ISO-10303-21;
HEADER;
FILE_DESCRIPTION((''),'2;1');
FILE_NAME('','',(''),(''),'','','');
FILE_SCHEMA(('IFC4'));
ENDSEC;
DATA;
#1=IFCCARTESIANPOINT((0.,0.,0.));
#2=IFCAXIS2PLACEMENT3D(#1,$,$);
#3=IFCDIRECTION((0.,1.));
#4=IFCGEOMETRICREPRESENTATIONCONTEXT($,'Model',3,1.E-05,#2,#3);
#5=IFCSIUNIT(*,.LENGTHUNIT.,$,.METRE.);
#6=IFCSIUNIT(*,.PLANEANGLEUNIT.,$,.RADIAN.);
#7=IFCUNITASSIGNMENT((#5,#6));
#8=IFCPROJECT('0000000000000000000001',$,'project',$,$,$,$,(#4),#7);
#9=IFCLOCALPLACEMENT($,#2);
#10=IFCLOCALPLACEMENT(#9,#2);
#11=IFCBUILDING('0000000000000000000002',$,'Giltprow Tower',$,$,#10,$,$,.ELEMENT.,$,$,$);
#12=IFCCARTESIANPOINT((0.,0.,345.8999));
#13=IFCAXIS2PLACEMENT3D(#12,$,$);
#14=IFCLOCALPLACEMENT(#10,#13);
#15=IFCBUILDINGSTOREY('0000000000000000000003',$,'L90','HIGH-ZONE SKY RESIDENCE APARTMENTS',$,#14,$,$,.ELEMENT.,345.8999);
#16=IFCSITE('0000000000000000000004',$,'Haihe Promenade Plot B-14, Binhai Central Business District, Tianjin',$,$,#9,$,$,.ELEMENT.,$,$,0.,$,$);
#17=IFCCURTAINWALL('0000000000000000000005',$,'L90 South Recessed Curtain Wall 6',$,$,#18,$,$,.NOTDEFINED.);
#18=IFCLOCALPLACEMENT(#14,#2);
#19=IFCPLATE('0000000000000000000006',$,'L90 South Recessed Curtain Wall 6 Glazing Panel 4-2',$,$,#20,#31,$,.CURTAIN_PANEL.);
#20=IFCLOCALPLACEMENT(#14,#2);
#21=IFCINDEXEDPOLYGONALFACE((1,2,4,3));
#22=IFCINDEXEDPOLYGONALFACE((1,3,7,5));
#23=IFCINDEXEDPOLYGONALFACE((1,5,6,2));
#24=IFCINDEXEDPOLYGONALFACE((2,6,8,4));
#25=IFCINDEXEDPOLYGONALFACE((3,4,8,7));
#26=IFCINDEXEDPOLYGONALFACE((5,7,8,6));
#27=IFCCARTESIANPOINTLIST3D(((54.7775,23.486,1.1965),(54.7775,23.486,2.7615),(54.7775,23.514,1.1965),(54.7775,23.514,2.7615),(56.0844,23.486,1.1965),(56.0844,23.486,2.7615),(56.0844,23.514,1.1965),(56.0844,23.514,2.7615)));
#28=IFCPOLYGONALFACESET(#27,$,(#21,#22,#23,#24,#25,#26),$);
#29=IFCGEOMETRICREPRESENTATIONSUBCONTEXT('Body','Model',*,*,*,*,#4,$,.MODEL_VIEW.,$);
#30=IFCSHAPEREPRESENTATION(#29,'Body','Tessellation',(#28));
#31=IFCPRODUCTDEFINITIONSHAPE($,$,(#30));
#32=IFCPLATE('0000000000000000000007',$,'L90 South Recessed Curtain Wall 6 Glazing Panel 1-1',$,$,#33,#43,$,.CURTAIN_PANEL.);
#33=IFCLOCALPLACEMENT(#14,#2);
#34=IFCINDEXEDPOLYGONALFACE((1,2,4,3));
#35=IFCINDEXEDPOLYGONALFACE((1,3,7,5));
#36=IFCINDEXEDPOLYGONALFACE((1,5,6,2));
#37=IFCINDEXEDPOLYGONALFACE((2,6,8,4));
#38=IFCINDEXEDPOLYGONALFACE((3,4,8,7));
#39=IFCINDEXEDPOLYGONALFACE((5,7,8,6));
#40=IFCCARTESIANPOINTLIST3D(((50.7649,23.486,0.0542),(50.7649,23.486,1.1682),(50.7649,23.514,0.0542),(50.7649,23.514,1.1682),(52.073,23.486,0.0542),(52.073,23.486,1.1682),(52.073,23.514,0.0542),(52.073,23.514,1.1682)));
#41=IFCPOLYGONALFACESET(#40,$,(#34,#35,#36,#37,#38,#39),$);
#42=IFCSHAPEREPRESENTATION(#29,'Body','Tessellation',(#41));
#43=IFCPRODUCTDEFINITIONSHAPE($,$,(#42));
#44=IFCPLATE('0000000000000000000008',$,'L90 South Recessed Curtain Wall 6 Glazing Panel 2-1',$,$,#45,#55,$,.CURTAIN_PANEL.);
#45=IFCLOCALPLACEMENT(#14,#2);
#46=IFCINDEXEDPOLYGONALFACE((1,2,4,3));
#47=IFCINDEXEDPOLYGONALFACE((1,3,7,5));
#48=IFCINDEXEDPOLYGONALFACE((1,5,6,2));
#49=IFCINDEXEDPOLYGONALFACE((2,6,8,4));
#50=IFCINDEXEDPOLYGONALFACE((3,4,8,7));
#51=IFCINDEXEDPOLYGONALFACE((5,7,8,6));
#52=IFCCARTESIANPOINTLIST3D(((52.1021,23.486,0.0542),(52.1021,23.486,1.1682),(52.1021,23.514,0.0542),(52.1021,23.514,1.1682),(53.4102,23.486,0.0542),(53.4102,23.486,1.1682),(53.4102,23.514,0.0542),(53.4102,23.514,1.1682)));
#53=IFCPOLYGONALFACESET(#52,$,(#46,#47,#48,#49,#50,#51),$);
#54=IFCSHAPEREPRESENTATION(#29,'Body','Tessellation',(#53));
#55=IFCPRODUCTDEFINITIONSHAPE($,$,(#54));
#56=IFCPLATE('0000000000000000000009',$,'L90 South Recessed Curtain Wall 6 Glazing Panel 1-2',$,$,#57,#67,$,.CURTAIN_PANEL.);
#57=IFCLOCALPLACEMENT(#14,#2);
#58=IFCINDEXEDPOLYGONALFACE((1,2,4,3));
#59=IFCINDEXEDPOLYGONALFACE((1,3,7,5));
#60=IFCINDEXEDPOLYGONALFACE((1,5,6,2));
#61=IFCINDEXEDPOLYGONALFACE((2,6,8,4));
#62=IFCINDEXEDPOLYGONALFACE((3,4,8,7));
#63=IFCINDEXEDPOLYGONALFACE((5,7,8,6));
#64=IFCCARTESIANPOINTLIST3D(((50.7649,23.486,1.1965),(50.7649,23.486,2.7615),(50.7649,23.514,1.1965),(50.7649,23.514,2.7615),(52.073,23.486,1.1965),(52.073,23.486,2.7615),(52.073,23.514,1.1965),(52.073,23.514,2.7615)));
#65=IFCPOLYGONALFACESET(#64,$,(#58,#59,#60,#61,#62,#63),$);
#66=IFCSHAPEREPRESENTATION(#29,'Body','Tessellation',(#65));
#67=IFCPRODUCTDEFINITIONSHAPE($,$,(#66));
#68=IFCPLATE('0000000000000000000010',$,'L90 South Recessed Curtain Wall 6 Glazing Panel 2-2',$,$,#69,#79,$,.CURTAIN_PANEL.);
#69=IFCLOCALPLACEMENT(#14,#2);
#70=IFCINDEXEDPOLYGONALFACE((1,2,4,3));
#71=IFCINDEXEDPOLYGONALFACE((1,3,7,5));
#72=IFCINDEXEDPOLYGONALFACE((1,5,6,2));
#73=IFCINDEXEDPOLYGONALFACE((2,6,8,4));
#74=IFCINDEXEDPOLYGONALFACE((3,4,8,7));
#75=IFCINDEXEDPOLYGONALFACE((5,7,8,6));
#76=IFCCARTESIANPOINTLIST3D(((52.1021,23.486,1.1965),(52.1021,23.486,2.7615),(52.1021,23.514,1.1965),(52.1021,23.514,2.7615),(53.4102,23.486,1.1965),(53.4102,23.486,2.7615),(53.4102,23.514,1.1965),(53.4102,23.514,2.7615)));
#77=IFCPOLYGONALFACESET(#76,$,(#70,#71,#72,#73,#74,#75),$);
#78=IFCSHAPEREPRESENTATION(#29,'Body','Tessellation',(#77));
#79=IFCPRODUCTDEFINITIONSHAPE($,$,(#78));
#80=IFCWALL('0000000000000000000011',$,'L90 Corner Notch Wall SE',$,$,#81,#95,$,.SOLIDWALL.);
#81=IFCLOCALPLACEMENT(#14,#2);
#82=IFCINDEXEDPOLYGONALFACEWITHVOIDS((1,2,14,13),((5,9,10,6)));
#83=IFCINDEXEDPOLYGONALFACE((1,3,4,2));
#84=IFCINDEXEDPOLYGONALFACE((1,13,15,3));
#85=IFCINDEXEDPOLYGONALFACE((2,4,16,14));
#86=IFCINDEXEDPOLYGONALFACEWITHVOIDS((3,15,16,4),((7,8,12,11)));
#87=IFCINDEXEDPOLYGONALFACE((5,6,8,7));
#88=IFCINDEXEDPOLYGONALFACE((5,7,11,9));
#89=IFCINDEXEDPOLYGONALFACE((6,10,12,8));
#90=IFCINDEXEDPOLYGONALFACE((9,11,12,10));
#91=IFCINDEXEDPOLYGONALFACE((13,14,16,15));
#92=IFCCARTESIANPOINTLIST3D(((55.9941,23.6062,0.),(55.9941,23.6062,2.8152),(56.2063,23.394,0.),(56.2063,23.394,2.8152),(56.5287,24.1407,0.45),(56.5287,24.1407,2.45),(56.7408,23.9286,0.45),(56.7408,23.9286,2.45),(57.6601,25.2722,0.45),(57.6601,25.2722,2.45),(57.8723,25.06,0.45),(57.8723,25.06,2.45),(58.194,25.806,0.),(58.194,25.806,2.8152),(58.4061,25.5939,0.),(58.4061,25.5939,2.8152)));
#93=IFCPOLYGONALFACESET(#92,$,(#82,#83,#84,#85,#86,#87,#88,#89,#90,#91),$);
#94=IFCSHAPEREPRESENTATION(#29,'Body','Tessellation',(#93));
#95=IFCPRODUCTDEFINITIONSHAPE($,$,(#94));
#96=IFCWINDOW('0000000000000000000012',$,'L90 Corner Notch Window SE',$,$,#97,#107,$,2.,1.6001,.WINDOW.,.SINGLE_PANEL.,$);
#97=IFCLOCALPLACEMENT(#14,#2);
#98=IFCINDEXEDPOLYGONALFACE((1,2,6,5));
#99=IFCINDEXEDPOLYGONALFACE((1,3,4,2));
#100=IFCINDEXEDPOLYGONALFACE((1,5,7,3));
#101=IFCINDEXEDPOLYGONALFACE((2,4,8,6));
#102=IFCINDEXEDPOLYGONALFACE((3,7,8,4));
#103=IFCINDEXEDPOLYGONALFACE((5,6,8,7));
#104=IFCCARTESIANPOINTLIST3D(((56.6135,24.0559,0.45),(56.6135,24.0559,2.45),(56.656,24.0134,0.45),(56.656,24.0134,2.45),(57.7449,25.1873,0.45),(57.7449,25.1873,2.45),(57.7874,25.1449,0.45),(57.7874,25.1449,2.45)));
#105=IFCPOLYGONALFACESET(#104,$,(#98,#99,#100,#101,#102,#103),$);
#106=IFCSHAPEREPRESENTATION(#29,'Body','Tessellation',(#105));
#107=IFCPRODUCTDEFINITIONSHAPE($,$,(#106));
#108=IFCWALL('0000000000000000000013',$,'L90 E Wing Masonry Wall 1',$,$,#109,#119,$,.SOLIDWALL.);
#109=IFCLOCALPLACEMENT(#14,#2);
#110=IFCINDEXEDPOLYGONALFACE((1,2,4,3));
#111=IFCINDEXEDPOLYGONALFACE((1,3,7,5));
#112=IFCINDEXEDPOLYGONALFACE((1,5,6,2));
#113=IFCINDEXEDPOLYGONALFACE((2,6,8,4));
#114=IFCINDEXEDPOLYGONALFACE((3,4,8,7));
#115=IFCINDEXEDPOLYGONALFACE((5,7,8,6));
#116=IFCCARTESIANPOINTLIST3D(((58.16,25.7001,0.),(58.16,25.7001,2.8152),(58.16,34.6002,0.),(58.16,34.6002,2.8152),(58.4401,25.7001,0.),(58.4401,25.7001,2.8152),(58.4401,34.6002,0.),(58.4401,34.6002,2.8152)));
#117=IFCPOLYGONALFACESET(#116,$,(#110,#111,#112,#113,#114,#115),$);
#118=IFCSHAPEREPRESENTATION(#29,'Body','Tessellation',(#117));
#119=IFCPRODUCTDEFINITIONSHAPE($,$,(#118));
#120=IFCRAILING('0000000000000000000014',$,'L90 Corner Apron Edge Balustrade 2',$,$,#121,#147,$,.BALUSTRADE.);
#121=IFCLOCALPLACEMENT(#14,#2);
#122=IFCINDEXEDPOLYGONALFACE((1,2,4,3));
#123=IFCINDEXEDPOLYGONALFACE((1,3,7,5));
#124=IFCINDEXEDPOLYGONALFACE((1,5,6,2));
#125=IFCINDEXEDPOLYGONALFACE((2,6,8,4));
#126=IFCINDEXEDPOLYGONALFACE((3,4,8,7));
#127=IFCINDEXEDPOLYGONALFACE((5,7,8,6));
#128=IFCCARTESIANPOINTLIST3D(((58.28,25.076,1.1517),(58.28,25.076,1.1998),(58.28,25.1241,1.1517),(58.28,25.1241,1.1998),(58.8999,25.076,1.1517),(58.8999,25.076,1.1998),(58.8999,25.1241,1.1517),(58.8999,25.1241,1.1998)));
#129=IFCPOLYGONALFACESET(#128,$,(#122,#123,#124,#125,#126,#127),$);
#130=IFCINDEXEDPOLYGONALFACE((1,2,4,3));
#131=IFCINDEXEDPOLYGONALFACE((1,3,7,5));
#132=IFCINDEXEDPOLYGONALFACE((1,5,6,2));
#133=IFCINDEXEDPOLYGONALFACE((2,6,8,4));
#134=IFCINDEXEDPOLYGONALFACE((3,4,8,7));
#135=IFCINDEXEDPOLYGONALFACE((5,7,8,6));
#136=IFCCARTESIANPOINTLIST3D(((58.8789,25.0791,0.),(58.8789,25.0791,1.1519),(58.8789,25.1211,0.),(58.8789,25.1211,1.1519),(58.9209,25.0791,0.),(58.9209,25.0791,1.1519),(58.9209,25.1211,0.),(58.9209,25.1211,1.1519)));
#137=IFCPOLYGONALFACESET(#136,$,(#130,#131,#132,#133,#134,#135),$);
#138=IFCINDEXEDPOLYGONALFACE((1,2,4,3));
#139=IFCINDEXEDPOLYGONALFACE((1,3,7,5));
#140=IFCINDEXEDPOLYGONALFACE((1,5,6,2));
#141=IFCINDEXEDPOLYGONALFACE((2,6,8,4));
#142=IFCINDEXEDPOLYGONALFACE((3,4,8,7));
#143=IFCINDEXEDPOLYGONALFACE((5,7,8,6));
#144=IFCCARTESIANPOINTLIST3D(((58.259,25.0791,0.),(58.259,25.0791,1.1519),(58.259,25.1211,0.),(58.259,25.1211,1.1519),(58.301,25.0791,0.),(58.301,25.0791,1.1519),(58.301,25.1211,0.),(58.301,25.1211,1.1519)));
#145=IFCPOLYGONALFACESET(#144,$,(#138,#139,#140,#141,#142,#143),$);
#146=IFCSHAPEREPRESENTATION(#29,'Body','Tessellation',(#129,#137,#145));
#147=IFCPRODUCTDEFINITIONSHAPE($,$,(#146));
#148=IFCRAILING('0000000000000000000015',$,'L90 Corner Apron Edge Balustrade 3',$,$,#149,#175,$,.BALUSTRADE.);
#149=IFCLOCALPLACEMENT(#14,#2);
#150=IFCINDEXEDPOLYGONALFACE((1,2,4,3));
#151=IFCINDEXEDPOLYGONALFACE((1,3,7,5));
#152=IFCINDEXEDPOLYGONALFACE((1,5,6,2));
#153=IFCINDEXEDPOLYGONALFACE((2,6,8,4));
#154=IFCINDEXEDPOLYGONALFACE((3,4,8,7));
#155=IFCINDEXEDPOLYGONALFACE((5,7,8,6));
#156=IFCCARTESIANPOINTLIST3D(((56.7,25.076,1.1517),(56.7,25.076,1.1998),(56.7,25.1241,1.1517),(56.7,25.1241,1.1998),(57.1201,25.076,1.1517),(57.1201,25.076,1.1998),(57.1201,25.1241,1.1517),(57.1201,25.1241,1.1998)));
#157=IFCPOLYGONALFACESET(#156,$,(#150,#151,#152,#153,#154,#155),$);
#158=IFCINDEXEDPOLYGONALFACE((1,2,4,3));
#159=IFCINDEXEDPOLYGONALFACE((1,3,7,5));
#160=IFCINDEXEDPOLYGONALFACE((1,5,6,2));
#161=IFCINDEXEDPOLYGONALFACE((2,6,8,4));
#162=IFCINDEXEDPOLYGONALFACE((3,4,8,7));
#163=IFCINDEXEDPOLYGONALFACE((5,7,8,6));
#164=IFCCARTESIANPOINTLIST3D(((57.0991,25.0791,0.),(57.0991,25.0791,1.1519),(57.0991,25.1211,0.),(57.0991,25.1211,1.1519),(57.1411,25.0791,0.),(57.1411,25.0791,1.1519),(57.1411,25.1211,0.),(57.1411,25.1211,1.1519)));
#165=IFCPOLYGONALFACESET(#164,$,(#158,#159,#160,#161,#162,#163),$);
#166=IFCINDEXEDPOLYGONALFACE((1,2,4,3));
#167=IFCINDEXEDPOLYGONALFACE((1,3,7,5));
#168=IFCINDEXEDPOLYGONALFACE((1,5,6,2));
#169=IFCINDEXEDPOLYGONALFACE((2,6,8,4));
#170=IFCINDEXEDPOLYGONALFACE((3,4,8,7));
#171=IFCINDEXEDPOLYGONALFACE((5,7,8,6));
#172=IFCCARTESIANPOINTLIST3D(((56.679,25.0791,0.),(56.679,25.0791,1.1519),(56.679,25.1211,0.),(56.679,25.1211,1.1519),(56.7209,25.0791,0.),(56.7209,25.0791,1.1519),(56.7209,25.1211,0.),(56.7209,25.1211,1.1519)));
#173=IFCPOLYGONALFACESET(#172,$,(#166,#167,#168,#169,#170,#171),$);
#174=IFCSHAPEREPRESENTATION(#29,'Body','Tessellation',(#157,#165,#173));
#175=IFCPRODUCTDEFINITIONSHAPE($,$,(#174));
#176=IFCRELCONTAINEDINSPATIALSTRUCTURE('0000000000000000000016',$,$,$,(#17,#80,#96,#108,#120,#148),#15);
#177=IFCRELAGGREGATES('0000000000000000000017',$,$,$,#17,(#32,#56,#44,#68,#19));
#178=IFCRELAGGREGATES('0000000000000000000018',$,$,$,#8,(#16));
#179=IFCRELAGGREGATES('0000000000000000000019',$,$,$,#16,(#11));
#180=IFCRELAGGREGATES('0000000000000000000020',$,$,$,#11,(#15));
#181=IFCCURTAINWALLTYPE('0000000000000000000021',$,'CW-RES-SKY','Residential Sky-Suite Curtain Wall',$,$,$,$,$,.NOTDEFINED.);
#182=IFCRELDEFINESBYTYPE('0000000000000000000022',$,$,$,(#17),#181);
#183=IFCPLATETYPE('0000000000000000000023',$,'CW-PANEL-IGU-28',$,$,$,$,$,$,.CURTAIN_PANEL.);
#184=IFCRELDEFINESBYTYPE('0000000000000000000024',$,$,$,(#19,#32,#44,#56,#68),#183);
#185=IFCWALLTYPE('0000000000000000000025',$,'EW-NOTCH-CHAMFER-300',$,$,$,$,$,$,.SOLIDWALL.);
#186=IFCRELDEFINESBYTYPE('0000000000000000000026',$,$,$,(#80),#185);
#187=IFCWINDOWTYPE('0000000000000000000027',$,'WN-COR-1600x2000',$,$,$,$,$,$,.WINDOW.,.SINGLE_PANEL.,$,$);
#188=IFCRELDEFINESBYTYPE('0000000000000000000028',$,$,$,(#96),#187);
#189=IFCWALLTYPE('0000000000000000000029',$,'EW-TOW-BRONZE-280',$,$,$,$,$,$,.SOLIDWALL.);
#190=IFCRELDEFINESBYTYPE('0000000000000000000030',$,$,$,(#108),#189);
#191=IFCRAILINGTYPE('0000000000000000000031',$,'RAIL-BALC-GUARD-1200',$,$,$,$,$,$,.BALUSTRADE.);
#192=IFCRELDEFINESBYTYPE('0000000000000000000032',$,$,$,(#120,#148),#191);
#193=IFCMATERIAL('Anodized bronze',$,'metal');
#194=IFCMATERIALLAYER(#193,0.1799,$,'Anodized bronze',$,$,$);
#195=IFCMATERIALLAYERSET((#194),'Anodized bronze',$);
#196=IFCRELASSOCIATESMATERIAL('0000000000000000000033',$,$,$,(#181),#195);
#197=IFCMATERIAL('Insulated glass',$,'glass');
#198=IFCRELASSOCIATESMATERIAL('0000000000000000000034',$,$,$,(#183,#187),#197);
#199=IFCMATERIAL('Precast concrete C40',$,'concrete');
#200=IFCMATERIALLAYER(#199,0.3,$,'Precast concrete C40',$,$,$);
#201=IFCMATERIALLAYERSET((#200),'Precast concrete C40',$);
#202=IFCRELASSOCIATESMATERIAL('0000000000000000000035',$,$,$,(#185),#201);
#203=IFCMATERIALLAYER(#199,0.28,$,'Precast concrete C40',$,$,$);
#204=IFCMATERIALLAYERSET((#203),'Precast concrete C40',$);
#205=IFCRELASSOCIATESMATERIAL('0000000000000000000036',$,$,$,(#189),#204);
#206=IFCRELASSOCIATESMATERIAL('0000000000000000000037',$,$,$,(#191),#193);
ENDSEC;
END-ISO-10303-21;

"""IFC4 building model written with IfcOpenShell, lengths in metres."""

from ifc_helpers import new_model, si_unit, direction, frame, frame_2d, origin, origin_2d, place, context, subcontext, project, spatial, rectangle, extrude, source, transform, mapped, material, layer, layer_set, type_object, element, fill, aggregate, save


model = new_model("IFC4")

# Units and contexts
model_context = context("Model", 3, precision=1e-05, world=origin(), true_north=direction((0.0, 1.0)))
body_context = subcontext(model_context, "Body", "Model", "MODEL_VIEW")
ifc_project = project(units=[si_unit("LENGTHUNIT", "METRE"), si_unit("PLANEANGLEUNIT", "RADIAN")], contexts=[model_context])

# Site, building, storey
site_placement = place(None, origin())
site = spatial("IfcSite", under=ifc_project, at=site_placement, Name="Haihe Promenade Plot B-14, Binhai Central Business District, Tianjin", CompositionType="ELEMENT", RefElevation=0.0)
building_placement = place(site_placement, origin())
building = spatial("IfcBuilding", under=site, at=building_placement, Name="Giltprow Tower", CompositionType="ELEMENT")
storey_placement = place(building_placement, frame((0.0, 0.0, 345.8999)))
storey = spatial("IfcBuildingStorey", under=building, at=storey_placement, Name="L90", Description="HIGH-ZONE SKY RESIDENCE APARTMENTS", CompositionType="ELEMENT", Elevation=345.8999)

# Curtain wall
ifc_material_1 = material(Name="Anodized bronze", Category="metal")
ifc_layer_1 = layer(ifc_material_1, 0.1799, Name="Anodized bronze")
ifc_layer_set_1 = layer_set([ifc_layer_1], Name="Anodized bronze")
curtain_wall_type = type_object("IfcCurtainWallType", Name="CW-RES-SKY", Description="Residential Sky-Suite Curtain Wall", PredefinedType="NOTDEFINED", material=ifc_layer_set_1)
curtain_wall_placement = place(storey_placement, origin())
curtain_wall = element("IfcCurtainWall", 1, at=curtain_wall_placement, inside=storey, type_object=curtain_wall_type, Name="L90 South Recessed Curtain Wall 6", PredefinedType="NOTDEFINED")

# Plates
ifc_material_2 = material(Name="Insulated glass", Category="glass")
plate_type_1 = type_object("IfcPlateType", Name="CW-PANEL-IGU-28", PredefinedType="CURTAIN_PANEL", material=ifc_material_2)
shared_shape_1 = source(origin(), body_context, "Body", "SweptSolid", [
    extrude(rectangle(XDim=1.3069, YDim=0.0281, at=origin_2d()), origin(), (0.0, 0.0, 1.0), 1.5649),
])
plate_1_placement = place(storey_placement, frame((55.4309, 23.5, 1.1965), z_axis=(0.0, 0.0, 1.0), x_axis=(1.0, 0.0, 0.0)))
plate_1 = element("IfcPlate", 2, at=plate_1_placement, type_object=plate_type_1, Name="L90 South Recessed Curtain Wall 6 Glazing Panel 4-2", PredefinedType="CURTAIN_PANEL", context=body_context, shape_type="MappedRepresentation", body=[
    mapped(shared_shape_1, transform((0.0, 0.0, 0.0), x_axis=(1.0, 0.0, 0.0), y_axis=(0.0, 1.0, 0.0), z_axis=(0.0, 0.0, 1.0), scale=1.0)),
])
shared_shape_2 = source(origin(), body_context, "Body", "SweptSolid", [
    extrude(rectangle(XDim=1.3081, YDim=0.0281, at=origin_2d()), origin(), (0.0, 0.0, 1.0), 1.114),
])
plate_2_placement = place(storey_placement, frame((51.4189, 23.5, 0.0542), z_axis=(0.0, 0.0, 1.0), x_axis=(1.0, 0.0, 0.0)))
plate_2 = element("IfcPlate", 3, at=plate_2_placement, type_object=plate_type_1, Name="L90 South Recessed Curtain Wall 6 Glazing Panel 1-1", PredefinedType="CURTAIN_PANEL", context=body_context, shape_type="MappedRepresentation", body=[
    mapped(shared_shape_2, transform((0.0, 0.0, 0.0), x_axis=(1.0, 0.0, 0.0), y_axis=(0.0, 1.0, 0.0), z_axis=(0.0, 0.0, 1.0), scale=1.0)),
])
plate_3_placement = place(storey_placement, frame((52.7561, 23.5, 0.0542), z_axis=(0.0, 0.0, 1.0), x_axis=(1.0, 0.0, 0.0)))
plate_3 = element("IfcPlate", 4, at=plate_3_placement, type_object=plate_type_1, Name="L90 South Recessed Curtain Wall 6 Glazing Panel 2-1", PredefinedType="CURTAIN_PANEL", context=body_context, shape_type="MappedRepresentation", body=[
    mapped(shared_shape_2, transform((0.0, 0.0, 0.0), x_axis=(1.0, 0.0, 0.0), y_axis=(0.0, 1.0, 0.0), z_axis=(0.0, 0.0, 1.0), scale=1.0)),
])
shared_shape_3 = source(origin(), body_context, "Body", "SweptSolid", [
    extrude(rectangle(XDim=1.3081, YDim=0.0281, at=origin_2d()), origin(), (0.0, 0.0, 1.0), 1.5649),
])
plate_4_placement = place(storey_placement, frame((51.4189, 23.5, 1.1965), z_axis=(0.0, 0.0, 1.0), x_axis=(1.0, 0.0, 0.0)))
plate_4 = element("IfcPlate", 5, at=plate_4_placement, type_object=plate_type_1, Name="L90 South Recessed Curtain Wall 6 Glazing Panel 1-2", PredefinedType="CURTAIN_PANEL", context=body_context, shape_type="MappedRepresentation", body=[
    mapped(shared_shape_3, transform((0.0, 0.0, 0.0), x_axis=(1.0, 0.0, 0.0), y_axis=(0.0, 1.0, 0.0), z_axis=(0.0, 0.0, 1.0), scale=1.0)),
])
plate_5_placement = place(storey_placement, frame((52.7561, 23.5, 1.1965), z_axis=(0.0, 0.0, 1.0), x_axis=(1.0, 0.0, 0.0)))
plate_5 = element("IfcPlate", 6, at=plate_5_placement, type_object=plate_type_1, Name="L90 South Recessed Curtain Wall 6 Glazing Panel 2-2", PredefinedType="CURTAIN_PANEL", context=body_context, shape_type="MappedRepresentation", body=[
    mapped(shared_shape_3, transform((0.0, 0.0, 0.0), x_axis=(1.0, 0.0, 0.0), y_axis=(0.0, 1.0, 0.0), z_axis=(0.0, 0.0, 1.0), scale=1.0)),
])
aggregate(curtain_wall, [plate_2, plate_4, plate_3, plate_5, plate_1])

# Wall, opening, window
ifc_material_3 = material(Name="Precast concrete C40", Category="concrete")
ifc_layer_2 = layer(ifc_material_3, 0.3, Name="Precast concrete C40")
ifc_layer_set_2 = layer_set([ifc_layer_2], Name="Precast concrete C40")
wall_type_1 = type_object("IfcWallType", Name="EW-NOTCH-CHAMFER-300", PredefinedType="SOLIDWALL", material=ifc_layer_set_2)
wall_1_placement = place(storey_placement, frame((56.1001, 23.5, 0.0), z_axis=(0.0, 0.0, 1.0), x_axis=(0.707107, 0.707107, 0.0)))
wall_1 = element("IfcWall", 7, at=wall_1_placement, inside=storey, type_object=wall_type_1, Name="L90 Corner Notch Wall SE", PredefinedType="SOLIDWALL", context=body_context, shape_type="SweptSolid", body=[
    extrude(rectangle(XDim=3.1111, YDim=0.3, at=frame_2d((1.5557, 0.0))), origin(), (0.0, 0.0, 1.0), 2.8152),
])
opening_placement = place(wall_1_placement, frame((0.7561, 0.0, 0.45)))
opening = element("IfcOpeningElement", 8, at=opening_placement, cuts=wall_1, PredefinedType="OPENING", context=body_context, shape_type="SweptSolid", body=[
    extrude(rectangle(XDim=1.6001, YDim=2.0, at=frame_2d((0.8, 1.0))), frame((0.0, 0.1599, 0.0), z_axis=(0.0, -1.0, 0.0), x_axis=(1.0, 0.0, 0.0)), (0.0, 0.0, 1.0), 0.3201),
])
window_type = type_object("IfcWindowType", Name="WN-COR-1600x2000", PartitioningType="SINGLE_PANEL", PredefinedType="WINDOW", material=ifc_material_2)
shared_shape_4 = source(origin(), body_context, "Body", "SweptSolid", [
    extrude(rectangle(XDim=1.6001, YDim=2.0, at=frame_2d((0.8, 1.0))), frame((0.0, 0.03, 0.0), z_axis=(0.0, -1.0, 0.0), x_axis=(1.0, 0.0, 0.0)), (0.0, 0.0, 1.0), 0.0601),
])
window_placement = place(opening_placement, origin())
window = element("IfcWindow", 9, at=window_placement, inside=storey, type_object=window_type, Name="L90 Corner Notch Window SE", OverallHeight=2.0, OverallWidth=1.6001, PartitioningType="SINGLE_PANEL", PredefinedType="WINDOW", context=body_context, shape_type="MappedRepresentation", body=[
    mapped(shared_shape_4, transform((0.0, 0.0, 0.0), x_axis=(1.0, 0.0, 0.0), y_axis=(0.0, 1.0, 0.0), z_axis=(0.0, 0.0, 1.0), scale=1.0)),
])
fill(opening, window)

# Wall
ifc_layer_3 = layer(ifc_material_3, 0.28, Name="Precast concrete C40")
ifc_layer_set_3 = layer_set([ifc_layer_3], Name="Precast concrete C40")
wall_type_2 = type_object("IfcWallType", Name="EW-TOW-BRONZE-280", PredefinedType="SOLIDWALL", material=ifc_layer_set_3)
wall_2_placement = place(storey_placement, frame((58.3, 25.7, 0.0), z_axis=(0.0, 0.0, 1.0), x_axis=(0.0, 1.0, 0.0)))
element("IfcWall", 10, at=wall_2_placement, inside=storey, type_object=wall_type_2, Name="L90 E Wing Masonry Wall 1", PredefinedType="SOLIDWALL", context=body_context, shape_type="SweptSolid", body=[
    extrude(rectangle(XDim=8.9001, YDim=0.28, at=frame_2d((4.4502, 0.0))), origin(), (0.0, 0.0, 1.0), 2.8152),
])

# Railings
railing_type = type_object("IfcRailingType", Name="RAIL-BALC-GUARD-1200", PredefinedType="BALUSTRADE", material=ifc_material_1)
railing_1_placement = place(storey_placement, frame((58.8999, 25.1001, 0.0)))
element("IfcRailing", 11, at=railing_1_placement, inside=storey, type_object=railing_type, Name="L90 Corner Apron Edge Balustrade 2", PredefinedType="BALUSTRADE", context=body_context, shape_type="SweptSolid", body=[
    extrude(rectangle(XDim=0.0481, YDim=0.0481, at=origin_2d()), frame((0.0, 0.0, 1.1758), z_axis=(-1.0, 0.0, 0.0), x_axis=(0.0, -1.0, 0.0)), (0.0, 0.0, 1.0), 0.6199),
    extrude(rectangle(XDim=0.042, YDim=0.042, at=origin_2d()), origin(), (0.0, 0.0, 1.0), 1.1519),
    extrude(rectangle(XDim=0.042, YDim=0.042, at=origin_2d()), frame((-0.6199, 0.0, 0.0)), (0.0, 0.0, 1.0), 1.1519),
])
railing_2_placement = place(storey_placement, frame((57.1201, 25.1001, 0.0)))
element("IfcRailing", 12, at=railing_2_placement, inside=storey, type_object=railing_type, Name="L90 Corner Apron Edge Balustrade 3", PredefinedType="BALUSTRADE", context=body_context, shape_type="SweptSolid", body=[
    extrude(rectangle(XDim=0.0481, YDim=0.0481, at=origin_2d()), frame((0.0, 0.0, 1.1758), z_axis=(-1.0, 0.0, 0.0), x_axis=(0.0, -1.0, 0.0)), (0.0, 0.0, 1.0), 0.4202),
    extrude(rectangle(XDim=0.042, YDim=0.042, at=origin_2d()), origin(), (0.0, 0.0, 1.0), 1.1519),
    extrude(rectangle(XDim=0.042, YDim=0.042, at=origin_2d()), frame((-0.4202, 0.0, 0.0)), (0.0, 0.0, 1.0), 1.1519),
])

save(model, "model.ifc")
